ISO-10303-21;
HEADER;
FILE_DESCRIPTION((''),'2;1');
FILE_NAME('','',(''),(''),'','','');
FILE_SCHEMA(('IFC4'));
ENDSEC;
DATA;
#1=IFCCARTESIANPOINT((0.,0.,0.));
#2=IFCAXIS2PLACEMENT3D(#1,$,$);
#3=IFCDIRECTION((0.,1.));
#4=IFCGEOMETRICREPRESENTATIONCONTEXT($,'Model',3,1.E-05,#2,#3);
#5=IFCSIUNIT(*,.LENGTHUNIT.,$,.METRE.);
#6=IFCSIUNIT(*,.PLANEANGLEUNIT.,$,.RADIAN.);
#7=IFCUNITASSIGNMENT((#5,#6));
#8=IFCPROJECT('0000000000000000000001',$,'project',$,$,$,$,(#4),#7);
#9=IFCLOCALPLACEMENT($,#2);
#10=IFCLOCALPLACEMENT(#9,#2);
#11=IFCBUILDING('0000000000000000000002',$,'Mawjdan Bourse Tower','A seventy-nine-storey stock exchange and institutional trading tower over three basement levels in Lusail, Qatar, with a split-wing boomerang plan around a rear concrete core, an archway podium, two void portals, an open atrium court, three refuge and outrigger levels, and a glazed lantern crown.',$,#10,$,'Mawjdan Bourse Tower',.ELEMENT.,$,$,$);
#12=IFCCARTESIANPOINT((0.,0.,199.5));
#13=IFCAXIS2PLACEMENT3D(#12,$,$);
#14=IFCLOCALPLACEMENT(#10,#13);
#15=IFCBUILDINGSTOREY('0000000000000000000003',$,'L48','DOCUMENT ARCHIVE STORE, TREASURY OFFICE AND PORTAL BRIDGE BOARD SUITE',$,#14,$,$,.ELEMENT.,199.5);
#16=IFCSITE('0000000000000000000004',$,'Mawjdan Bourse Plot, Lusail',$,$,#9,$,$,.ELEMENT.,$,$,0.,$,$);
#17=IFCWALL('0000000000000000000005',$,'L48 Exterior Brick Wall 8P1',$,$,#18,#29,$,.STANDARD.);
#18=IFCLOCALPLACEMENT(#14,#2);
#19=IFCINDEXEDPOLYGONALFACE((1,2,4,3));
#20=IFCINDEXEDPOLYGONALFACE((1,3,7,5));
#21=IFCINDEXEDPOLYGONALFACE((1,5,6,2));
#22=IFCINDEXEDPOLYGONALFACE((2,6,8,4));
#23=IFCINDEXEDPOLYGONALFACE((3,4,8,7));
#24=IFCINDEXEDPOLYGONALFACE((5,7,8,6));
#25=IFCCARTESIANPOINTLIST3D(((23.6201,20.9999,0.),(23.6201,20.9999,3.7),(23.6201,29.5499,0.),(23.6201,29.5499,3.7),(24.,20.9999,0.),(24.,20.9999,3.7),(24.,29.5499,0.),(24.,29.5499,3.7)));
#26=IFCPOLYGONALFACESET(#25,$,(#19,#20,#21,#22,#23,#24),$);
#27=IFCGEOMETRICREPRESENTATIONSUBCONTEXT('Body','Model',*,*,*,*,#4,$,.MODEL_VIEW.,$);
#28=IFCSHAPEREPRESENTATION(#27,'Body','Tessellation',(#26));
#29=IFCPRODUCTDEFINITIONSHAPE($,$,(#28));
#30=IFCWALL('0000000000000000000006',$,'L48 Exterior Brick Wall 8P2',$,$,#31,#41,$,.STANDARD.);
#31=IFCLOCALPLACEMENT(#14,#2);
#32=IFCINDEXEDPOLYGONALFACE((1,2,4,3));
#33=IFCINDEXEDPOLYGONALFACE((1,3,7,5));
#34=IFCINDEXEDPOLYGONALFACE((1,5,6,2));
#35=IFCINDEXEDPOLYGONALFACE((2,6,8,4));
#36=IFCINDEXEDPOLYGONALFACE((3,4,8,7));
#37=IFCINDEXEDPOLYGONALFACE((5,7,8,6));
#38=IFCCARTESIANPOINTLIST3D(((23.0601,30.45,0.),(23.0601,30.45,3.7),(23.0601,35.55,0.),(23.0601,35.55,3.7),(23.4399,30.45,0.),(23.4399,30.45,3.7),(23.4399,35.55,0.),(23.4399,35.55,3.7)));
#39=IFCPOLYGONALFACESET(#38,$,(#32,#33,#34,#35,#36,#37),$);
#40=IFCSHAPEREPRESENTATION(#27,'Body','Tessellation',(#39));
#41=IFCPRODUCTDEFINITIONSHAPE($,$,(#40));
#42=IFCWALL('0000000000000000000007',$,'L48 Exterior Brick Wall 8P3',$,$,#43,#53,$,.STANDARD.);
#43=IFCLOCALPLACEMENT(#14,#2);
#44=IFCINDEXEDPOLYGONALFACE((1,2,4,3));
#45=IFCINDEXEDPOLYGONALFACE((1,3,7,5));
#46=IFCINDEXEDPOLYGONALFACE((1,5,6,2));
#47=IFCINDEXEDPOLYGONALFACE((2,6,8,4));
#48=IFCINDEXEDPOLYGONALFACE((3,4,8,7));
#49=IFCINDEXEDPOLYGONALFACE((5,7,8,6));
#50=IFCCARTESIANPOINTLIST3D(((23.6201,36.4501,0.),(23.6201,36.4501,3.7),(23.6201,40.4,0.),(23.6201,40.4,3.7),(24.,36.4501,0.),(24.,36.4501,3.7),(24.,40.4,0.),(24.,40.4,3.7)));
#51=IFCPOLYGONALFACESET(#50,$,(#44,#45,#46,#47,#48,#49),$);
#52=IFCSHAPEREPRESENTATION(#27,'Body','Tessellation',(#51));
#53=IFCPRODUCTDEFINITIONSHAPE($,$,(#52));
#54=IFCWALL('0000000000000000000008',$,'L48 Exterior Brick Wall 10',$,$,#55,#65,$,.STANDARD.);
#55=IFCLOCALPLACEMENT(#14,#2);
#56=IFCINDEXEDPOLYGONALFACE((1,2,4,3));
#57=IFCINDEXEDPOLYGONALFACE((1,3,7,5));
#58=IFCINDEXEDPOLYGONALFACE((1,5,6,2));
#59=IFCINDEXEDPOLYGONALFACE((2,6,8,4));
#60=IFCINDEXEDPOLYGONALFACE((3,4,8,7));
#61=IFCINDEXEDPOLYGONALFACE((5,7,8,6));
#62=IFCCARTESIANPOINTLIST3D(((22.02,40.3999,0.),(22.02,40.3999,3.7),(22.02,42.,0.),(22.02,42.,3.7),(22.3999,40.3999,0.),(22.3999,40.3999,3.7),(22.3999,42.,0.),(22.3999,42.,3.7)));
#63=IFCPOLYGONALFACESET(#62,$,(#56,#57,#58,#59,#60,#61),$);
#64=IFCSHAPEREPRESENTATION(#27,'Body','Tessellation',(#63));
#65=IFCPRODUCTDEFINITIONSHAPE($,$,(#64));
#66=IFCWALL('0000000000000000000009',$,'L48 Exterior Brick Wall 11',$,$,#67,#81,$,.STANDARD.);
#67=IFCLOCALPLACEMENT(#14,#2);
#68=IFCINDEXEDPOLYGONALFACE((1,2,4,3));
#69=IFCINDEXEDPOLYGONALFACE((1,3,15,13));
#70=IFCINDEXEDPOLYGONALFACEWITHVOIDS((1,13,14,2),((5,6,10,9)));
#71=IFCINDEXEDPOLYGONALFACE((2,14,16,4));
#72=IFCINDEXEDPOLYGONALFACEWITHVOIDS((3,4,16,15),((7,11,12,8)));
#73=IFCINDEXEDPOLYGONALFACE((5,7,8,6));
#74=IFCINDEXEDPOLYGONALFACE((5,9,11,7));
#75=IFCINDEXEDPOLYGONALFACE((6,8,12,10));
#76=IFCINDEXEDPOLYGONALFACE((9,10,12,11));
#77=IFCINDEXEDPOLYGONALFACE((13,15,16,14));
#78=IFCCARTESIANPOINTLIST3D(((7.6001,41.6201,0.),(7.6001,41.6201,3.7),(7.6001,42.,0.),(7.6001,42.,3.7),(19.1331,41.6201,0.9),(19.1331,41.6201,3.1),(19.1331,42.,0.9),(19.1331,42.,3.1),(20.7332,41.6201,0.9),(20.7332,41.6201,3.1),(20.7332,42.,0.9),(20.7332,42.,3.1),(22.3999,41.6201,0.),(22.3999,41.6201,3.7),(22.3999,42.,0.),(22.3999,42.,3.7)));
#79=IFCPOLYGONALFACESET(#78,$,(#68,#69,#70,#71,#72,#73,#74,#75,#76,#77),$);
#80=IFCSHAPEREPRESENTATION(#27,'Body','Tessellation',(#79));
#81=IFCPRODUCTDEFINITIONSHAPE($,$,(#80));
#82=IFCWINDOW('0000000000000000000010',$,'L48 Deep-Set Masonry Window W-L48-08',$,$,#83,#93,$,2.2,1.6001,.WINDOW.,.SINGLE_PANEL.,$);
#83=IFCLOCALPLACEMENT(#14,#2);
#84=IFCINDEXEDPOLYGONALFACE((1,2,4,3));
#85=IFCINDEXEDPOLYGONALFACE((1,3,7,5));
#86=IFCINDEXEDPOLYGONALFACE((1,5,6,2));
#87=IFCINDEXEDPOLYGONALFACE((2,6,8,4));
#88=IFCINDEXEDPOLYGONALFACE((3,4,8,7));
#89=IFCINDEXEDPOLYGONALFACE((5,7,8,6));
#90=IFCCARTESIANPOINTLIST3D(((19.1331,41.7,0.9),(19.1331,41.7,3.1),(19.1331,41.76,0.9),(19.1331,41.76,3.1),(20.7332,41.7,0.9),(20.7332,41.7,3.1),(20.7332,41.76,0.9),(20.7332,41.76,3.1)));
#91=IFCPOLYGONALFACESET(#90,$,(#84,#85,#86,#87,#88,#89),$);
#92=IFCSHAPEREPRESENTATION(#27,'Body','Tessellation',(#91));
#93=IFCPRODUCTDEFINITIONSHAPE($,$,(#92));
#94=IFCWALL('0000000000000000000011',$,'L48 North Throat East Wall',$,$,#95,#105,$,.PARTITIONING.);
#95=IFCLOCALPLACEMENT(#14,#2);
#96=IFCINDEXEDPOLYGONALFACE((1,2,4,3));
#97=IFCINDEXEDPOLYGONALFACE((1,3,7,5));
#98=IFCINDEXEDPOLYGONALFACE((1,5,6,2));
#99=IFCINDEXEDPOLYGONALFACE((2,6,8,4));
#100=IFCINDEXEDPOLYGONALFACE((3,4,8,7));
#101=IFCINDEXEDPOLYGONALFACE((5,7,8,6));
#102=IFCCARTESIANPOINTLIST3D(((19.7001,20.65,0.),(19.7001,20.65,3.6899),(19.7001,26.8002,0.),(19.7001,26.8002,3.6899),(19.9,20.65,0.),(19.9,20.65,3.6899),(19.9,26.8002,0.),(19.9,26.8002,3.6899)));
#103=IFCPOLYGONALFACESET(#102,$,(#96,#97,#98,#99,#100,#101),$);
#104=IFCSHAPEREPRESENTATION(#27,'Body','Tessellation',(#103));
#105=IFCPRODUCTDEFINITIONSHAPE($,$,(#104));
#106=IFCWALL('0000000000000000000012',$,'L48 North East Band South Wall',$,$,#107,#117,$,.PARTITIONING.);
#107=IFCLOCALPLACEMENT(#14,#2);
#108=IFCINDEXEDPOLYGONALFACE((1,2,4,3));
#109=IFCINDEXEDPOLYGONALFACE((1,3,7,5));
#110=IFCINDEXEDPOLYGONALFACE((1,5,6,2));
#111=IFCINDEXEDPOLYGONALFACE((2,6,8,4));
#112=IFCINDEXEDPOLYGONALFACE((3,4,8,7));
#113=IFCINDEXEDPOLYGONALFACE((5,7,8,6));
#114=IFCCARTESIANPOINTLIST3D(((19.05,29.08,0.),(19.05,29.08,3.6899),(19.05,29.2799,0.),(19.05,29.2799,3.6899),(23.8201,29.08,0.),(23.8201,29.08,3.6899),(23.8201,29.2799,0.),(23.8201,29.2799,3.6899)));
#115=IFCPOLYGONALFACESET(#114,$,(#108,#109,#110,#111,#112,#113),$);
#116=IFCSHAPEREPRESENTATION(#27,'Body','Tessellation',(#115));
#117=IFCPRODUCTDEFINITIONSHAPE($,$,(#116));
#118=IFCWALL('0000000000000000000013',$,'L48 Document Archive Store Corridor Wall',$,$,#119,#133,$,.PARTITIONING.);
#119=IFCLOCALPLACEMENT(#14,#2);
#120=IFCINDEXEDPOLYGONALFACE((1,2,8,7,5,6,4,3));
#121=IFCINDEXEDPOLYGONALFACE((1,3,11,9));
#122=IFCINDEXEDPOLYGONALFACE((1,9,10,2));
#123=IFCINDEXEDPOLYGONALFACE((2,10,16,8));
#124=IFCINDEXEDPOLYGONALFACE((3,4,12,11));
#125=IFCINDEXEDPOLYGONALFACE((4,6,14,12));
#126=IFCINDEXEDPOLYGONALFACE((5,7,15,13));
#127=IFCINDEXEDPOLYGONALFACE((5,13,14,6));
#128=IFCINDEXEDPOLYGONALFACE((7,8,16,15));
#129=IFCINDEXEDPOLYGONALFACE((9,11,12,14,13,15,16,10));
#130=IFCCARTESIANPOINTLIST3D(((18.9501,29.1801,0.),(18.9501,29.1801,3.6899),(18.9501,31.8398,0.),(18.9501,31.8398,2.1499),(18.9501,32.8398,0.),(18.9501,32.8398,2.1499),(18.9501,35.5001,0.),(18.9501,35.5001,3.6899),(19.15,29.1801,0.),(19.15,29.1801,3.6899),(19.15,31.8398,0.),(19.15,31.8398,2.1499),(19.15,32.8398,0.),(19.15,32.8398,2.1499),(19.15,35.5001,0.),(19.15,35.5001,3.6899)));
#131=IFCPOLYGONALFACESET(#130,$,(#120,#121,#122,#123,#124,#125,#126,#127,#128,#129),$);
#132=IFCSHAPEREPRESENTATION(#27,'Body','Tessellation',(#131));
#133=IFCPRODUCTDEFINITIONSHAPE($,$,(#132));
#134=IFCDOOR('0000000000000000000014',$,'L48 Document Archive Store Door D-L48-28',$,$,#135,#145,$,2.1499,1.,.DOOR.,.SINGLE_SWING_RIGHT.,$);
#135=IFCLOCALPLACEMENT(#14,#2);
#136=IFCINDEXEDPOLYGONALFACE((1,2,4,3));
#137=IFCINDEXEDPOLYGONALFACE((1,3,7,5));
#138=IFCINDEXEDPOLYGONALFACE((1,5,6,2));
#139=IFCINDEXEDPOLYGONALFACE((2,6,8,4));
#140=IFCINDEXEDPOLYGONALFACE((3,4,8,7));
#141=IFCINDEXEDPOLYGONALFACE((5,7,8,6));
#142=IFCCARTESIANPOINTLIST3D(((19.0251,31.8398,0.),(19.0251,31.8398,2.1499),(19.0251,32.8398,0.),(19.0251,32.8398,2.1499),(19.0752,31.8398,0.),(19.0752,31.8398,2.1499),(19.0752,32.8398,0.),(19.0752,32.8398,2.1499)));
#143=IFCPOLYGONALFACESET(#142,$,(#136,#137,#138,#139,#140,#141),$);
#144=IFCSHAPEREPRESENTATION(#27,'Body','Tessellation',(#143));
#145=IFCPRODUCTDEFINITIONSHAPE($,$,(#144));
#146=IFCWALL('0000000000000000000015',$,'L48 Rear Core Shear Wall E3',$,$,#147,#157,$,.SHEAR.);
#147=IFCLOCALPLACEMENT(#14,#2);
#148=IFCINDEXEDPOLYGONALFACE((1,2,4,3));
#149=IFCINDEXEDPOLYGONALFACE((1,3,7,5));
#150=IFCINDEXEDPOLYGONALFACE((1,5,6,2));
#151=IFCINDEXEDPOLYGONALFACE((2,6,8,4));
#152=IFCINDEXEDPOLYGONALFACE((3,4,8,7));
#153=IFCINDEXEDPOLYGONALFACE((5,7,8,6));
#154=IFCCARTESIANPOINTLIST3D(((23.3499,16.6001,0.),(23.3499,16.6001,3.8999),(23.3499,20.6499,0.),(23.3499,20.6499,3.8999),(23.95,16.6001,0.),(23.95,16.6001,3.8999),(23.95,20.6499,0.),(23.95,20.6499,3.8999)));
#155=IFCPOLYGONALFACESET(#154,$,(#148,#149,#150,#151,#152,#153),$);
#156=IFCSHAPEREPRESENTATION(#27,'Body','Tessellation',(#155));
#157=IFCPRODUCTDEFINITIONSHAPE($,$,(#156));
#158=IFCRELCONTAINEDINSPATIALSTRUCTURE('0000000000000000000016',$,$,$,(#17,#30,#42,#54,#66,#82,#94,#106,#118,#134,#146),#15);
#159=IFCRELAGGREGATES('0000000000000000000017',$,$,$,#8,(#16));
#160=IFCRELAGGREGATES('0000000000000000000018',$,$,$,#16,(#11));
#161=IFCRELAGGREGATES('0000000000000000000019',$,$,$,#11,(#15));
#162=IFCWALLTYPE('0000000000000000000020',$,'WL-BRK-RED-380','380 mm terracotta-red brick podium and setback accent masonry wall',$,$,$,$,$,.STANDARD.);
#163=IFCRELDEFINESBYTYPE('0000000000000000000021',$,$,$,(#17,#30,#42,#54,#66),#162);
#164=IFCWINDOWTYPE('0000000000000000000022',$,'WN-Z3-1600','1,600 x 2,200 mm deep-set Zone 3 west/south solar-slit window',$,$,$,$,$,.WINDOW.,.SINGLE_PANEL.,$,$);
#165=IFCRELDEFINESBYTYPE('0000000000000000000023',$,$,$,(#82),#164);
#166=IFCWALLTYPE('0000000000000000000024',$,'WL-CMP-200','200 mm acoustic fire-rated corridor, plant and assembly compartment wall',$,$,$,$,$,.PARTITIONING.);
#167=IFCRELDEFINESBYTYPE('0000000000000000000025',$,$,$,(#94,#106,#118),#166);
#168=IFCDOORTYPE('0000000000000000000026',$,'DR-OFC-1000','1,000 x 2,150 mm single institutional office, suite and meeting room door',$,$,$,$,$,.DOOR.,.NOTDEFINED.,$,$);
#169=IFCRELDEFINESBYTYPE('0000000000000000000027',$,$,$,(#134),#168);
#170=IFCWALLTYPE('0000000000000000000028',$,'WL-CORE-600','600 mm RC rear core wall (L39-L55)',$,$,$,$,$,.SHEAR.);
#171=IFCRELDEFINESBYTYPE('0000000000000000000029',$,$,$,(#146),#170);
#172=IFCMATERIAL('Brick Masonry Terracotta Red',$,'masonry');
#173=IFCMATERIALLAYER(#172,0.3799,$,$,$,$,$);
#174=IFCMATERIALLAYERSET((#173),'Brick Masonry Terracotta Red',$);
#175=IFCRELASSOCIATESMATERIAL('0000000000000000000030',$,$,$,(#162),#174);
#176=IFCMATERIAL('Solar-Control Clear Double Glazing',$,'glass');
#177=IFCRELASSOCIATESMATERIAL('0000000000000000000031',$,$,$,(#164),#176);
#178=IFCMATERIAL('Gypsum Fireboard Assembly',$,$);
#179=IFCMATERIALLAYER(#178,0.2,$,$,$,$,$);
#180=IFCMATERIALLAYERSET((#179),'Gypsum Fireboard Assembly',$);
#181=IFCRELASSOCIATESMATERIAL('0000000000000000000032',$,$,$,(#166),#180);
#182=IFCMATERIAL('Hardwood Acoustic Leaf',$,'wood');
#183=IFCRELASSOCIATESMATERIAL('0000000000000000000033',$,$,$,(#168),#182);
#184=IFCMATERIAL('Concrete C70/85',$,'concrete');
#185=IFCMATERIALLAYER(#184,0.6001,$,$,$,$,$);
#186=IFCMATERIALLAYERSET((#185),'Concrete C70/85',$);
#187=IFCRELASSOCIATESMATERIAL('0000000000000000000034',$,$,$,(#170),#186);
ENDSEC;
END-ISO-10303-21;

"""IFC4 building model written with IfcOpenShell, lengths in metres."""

from ifc_helpers import new_model, si_unit, direction, frame, frame_2d, origin, place, context, subcontext, project, spatial, rectangle, extrude, material, layer, layer_set, type_object, element, fill, save


model = new_model("IFC4")

# Units and contexts
model_context = context("Model", 3, precision=1e-05, world=origin(), true_north=direction((0.0, 1.0)))
body_context = subcontext(model_context, "Body", "Model", "MODEL_VIEW")
ifc_project = project(units=[si_unit("LENGTHUNIT", "METRE"), si_unit("PLANEANGLEUNIT", "RADIAN")], contexts=[model_context])

# Site, building, storey
site_placement = place(None, origin())
site = spatial("IfcSite", under=ifc_project, at=site_placement, Name="Mawjdan Bourse Plot, Lusail", CompositionType="ELEMENT", RefElevation=0.0)
building_placement = place(site_placement, origin())
building = spatial("IfcBuilding", under=site, at=building_placement, Name="Mawjdan Bourse Tower", Description="A seventy-nine-storey stock exchange and institutional trading tower over three basement levels in Lusail, Qatar, with a split-wing boomerang plan around a rear concrete core, an archway podium, two void portals, an open atrium court, three refuge and outrigger levels, and a glazed lantern crown.", LongName="Mawjdan Bourse Tower", CompositionType="ELEMENT")
storey_placement = place(building_placement, frame((0.0, 0.0, 199.5)))
storey = spatial("IfcBuildingStorey", under=building, at=storey_placement, Name="L48", Description="DOCUMENT ARCHIVE STORE, TREASURY OFFICE AND PORTAL BRIDGE BOARD SUITE", CompositionType="ELEMENT", Elevation=199.5)

# Shared definitions
ifc_material_1 = material(Name="Concrete C70/85", Category="concrete")

# Walls
ifc_material_2 = material(Name="Brick Masonry Terracotta Red", Category="masonry")
ifc_layer_1 = layer(ifc_material_2, 0.3799)
ifc_layer_set_1 = layer_set([ifc_layer_1], Name="Brick Masonry Terracotta Red")
wall_type_1 = type_object("IfcWallType", Name="WL-BRK-RED-380", Description="380 mm terracotta-red brick podium and setback accent masonry wall", PredefinedType="STANDARD", material=ifc_layer_set_1)
wall_1_placement = place(storey_placement, frame((23.8101, 21.0, 0.0), z_axis=(0.0, 0.0, 1.0), x_axis=(0.0, 1.0, 0.0)))
element("IfcWall", 1, at=wall_1_placement, inside=storey, type_object=wall_type_1, Name="L48 Exterior Brick Wall 8P1", PredefinedType="STANDARD", context=body_context, shape_type="SweptSolid", body=[
    extrude(rectangle(XDim=8.55, YDim=0.3799, at=frame_2d((4.2749, 0.0))), origin(), (0.0, 0.0, 1.0), 3.7),
])
wall_2_placement = place(storey_placement, frame((23.25, 30.45, 0.0), z_axis=(0.0, 0.0, 1.0), x_axis=(0.0, 1.0, 0.0)))
element("IfcWall", 2, at=wall_2_placement, inside=storey, type_object=wall_type_1, Name="L48 Exterior Brick Wall 8P2", PredefinedType="STANDARD", context=body_context, shape_type="SweptSolid", body=[
    extrude(rectangle(XDim=5.1001, YDim=0.3799, at=frame_2d((2.55, 0.0))), origin(), (0.0, 0.0, 1.0), 3.7),
])
wall_3_placement = place(storey_placement, frame((23.8101, 36.45, 0.0), z_axis=(0.0, 0.0, 1.0), x_axis=(0.0, 1.0, 0.0)))
element("IfcWall", 3, at=wall_3_placement, inside=storey, type_object=wall_type_1, Name="L48 Exterior Brick Wall 8P3", PredefinedType="STANDARD", context=body_context, shape_type="SweptSolid", body=[
    extrude(rectangle(XDim=3.95, YDim=0.3799, at=frame_2d((1.9751, 0.0))), origin(), (0.0, 0.0, 1.0), 3.7),
])
wall_4_placement = place(storey_placement, frame((22.21, 40.3999, 0.0), z_axis=(0.0, 0.0, 1.0), x_axis=(0.0, 1.0, 0.0)))
element("IfcWall", 4, at=wall_4_placement, inside=storey, type_object=wall_type_1, Name="L48 Exterior Brick Wall 10", PredefinedType="STANDARD", context=body_context, shape_type="SweptSolid", body=[
    extrude(rectangle(XDim=1.6001, YDim=0.3799, at=frame_2d((0.8, 0.0))), origin(), (0.0, 0.0, 1.0), 3.7),
])

# Wall, opening, window
wall_5_placement = place(storey_placement, frame((22.3999, 41.8101, 0.0), z_axis=(0.0, 0.0, 1.0), x_axis=(-1.0, 0.0, 0.0)))
wall_5 = element("IfcWall", 5, at=wall_5_placement, inside=storey, type_object=wall_type_1, Name="L48 Exterior Brick Wall 11", PredefinedType="STANDARD", context=body_context, shape_type="SweptSolid", body=[
    extrude(rectangle(XDim=14.7998, YDim=0.3799, at=frame_2d((7.3999, 0.0))), origin(), (0.0, 0.0, 1.0), 3.7),
])
opening_1_placement = place(wall_5_placement, frame((1.6667, 0.0, 0.8999)))
opening_1 = element("IfcOpeningElement", 6, at=opening_1_placement, cuts=wall_5, PredefinedType="OPENING", context=body_context, shape_type="SweptSolid", body=[
    extrude(rectangle(XDim=1.6001, YDim=2.2, at=frame_2d((0.8, 1.1001))), frame((0.0, 0.2, 0.0), z_axis=(0.0, -1.0, 0.0), x_axis=(1.0, 0.0, 0.0)), (0.0, 0.0, 1.0), 0.3999),
])
ifc_material_3 = material(Name="Solar-Control Clear Double Glazing", Category="glass")
window_type = type_object("IfcWindowType", Name="WN-Z3-1600", Description="1,600 x 2,200 mm deep-set Zone 3 west/south solar-slit window", PartitioningType="SINGLE_PANEL", PredefinedType="WINDOW", material=ifc_material_3)
window_placement = place(opening_1_placement, origin())
window = element("IfcWindow", 7, at=window_placement, inside=storey, type_object=window_type, Name="L48 Deep-Set Masonry Window W-L48-08", OverallHeight=2.2, OverallWidth=1.6001, PartitioningType="SINGLE_PANEL", PredefinedType="WINDOW", context=body_context, shape_type="SweptSolid", body=[
    extrude(rectangle(XDim=1.6001, YDim=2.2, at=frame_2d((0.8, 1.1001))), frame((0.0, 0.1101, 0.0), z_axis=(0.0, -1.0, 0.0), x_axis=(1.0, 0.0, 0.0)), (0.0, 0.0, 1.0), 0.0601),
])
fill(opening_1, window)

# Shared definitions
ifc_material_4 = material(Name="Gypsum Fireboard Assembly")
ifc_layer_2 = layer(ifc_material_4, 0.2)
ifc_layer_set_2 = layer_set([ifc_layer_2], Name="Gypsum Fireboard Assembly")
wall_type_2 = type_object("IfcWallType", Name="WL-CMP-200", Description="200 mm acoustic fire-rated corridor, plant and assembly compartment wall", PredefinedType="PARTITIONING", material=ifc_layer_set_2)
ifc_material_5 = material(Name="Hardwood Acoustic Leaf", Category="wood")
door_type_1 = type_object("IfcDoorType", Name="DR-OFC-1000", Description="1,000 x 2,150 mm single institutional office, suite and meeting room door", OperationType="NOTDEFINED", PredefinedType="DOOR", material=ifc_material_5)

# Walls
wall_6_placement = place(storey_placement, frame((19.8, 20.6499, 0.0), z_axis=(0.0, 0.0, 1.0), x_axis=(0.0, 1.0, 0.0)))
element("IfcWall", 8, at=wall_6_placement, inside=storey, type_object=wall_type_2, Name="L48 North Throat East Wall", PredefinedType="PARTITIONING", context=body_context, shape_type="SweptSolid", body=[
    extrude(rectangle(XDim=6.1501, YDim=0.2, at=frame_2d((3.0752, 0.0))), origin(), (0.0, 0.0, 1.0), 3.6899),
])
wall_7_placement = place(storey_placement, frame((19.05, 29.1799, 0.0), z_axis=(0.0, 0.0, 1.0), x_axis=(1.0, 0.0, 0.0)))
element("IfcWall", 9, at=wall_7_placement, inside=storey, type_object=wall_type_2, Name="L48 North East Band South Wall", PredefinedType="PARTITIONING", context=body_context, shape_type="SweptSolid", body=[
    extrude(rectangle(XDim=4.77, YDim=0.2, at=frame_2d((2.385, 0.0))), origin(), (0.0, 0.0, 1.0), 3.6899),
])

# Wall, opening, door
wall_8_placement = place(storey_placement, frame((19.05, 29.1799, 0.0), z_axis=(0.0, 0.0, 1.0), x_axis=(0.0, 1.0, 0.0)))
wall_8 = element("IfcWall", 10, at=wall_8_placement, inside=storey, type_object=wall_type_2, Name="L48 Document Archive Store Corridor Wall", PredefinedType="PARTITIONING", context=body_context, shape_type="SweptSolid", body=[
    extrude(rectangle(XDim=6.3201, YDim=0.2, at=frame_2d((3.1602, 0.0))), origin(), (0.0, 0.0, 1.0), 3.6899),
])
opening_2_placement = place(wall_8_placement, frame((2.6599, 0.0, 0.0)))
opening_2 = element("IfcOpeningElement", 11, at=opening_2_placement, cuts=wall_8, PredefinedType="OPENING", context=body_context, shape_type="SweptSolid", body=[
    extrude(rectangle(XDim=1.0, YDim=2.1499, at=frame_2d((0.5, 1.075))), frame((0.0, 0.1099, 0.0), z_axis=(0.0, -1.0, 0.0), x_axis=(1.0, 0.0, 0.0)), (0.0, 0.0, 1.0), 0.22),
])
door_1_placement = place(opening_2_placement, origin())
door_1 = element("IfcDoor", 12, at=door_1_placement, inside=storey, type_object=door_type_1, Name="L48 Document Archive Store Door D-L48-28", OperationType="SINGLE_SWING_RIGHT", OverallHeight=2.1499, OverallWidth=1.0, PredefinedType="DOOR", context=body_context, shape_type="SweptSolid", body=[
    extrude(rectangle(XDim=1.0, YDim=2.1499, at=frame_2d((0.5, 1.075))), frame((0.0, 0.0249, 0.0), z_axis=(0.0, -1.0, 0.0), x_axis=(1.0, 0.0, 0.0)), (0.0, 0.0, 1.0), 0.05),
])
fill(opening_2, door_1)

# Wall
ifc_layer_3 = layer(ifc_material_1, 0.6001)
ifc_layer_set_3 = layer_set([ifc_layer_3], Name="Concrete C70/85")
wall_type_3 = type_object("IfcWallType", Name="WL-CORE-600", Description="600 mm RC rear core wall (L39-L55)", PredefinedType="SHEAR", material=ifc_layer_set_3)
wall_9_placement = place(storey_placement, frame((23.6499, 16.6001, 0.0), z_axis=(0.0, 0.0, 1.0), x_axis=(0.0, 1.0, 0.0)))
element("IfcWall", 13, at=wall_9_placement, inside=storey, type_object=wall_type_3, Name="L48 Rear Core Shear Wall E3", PredefinedType="SHEAR", context=body_context, shape_type="SweptSolid", body=[
    extrude(rectangle(XDim=4.0498, YDim=0.6001, at=frame_2d((2.0249, 0.0))), origin(), (0.0, 0.0, 1.0), 3.8999),
])

save(model, "model.ifc")
